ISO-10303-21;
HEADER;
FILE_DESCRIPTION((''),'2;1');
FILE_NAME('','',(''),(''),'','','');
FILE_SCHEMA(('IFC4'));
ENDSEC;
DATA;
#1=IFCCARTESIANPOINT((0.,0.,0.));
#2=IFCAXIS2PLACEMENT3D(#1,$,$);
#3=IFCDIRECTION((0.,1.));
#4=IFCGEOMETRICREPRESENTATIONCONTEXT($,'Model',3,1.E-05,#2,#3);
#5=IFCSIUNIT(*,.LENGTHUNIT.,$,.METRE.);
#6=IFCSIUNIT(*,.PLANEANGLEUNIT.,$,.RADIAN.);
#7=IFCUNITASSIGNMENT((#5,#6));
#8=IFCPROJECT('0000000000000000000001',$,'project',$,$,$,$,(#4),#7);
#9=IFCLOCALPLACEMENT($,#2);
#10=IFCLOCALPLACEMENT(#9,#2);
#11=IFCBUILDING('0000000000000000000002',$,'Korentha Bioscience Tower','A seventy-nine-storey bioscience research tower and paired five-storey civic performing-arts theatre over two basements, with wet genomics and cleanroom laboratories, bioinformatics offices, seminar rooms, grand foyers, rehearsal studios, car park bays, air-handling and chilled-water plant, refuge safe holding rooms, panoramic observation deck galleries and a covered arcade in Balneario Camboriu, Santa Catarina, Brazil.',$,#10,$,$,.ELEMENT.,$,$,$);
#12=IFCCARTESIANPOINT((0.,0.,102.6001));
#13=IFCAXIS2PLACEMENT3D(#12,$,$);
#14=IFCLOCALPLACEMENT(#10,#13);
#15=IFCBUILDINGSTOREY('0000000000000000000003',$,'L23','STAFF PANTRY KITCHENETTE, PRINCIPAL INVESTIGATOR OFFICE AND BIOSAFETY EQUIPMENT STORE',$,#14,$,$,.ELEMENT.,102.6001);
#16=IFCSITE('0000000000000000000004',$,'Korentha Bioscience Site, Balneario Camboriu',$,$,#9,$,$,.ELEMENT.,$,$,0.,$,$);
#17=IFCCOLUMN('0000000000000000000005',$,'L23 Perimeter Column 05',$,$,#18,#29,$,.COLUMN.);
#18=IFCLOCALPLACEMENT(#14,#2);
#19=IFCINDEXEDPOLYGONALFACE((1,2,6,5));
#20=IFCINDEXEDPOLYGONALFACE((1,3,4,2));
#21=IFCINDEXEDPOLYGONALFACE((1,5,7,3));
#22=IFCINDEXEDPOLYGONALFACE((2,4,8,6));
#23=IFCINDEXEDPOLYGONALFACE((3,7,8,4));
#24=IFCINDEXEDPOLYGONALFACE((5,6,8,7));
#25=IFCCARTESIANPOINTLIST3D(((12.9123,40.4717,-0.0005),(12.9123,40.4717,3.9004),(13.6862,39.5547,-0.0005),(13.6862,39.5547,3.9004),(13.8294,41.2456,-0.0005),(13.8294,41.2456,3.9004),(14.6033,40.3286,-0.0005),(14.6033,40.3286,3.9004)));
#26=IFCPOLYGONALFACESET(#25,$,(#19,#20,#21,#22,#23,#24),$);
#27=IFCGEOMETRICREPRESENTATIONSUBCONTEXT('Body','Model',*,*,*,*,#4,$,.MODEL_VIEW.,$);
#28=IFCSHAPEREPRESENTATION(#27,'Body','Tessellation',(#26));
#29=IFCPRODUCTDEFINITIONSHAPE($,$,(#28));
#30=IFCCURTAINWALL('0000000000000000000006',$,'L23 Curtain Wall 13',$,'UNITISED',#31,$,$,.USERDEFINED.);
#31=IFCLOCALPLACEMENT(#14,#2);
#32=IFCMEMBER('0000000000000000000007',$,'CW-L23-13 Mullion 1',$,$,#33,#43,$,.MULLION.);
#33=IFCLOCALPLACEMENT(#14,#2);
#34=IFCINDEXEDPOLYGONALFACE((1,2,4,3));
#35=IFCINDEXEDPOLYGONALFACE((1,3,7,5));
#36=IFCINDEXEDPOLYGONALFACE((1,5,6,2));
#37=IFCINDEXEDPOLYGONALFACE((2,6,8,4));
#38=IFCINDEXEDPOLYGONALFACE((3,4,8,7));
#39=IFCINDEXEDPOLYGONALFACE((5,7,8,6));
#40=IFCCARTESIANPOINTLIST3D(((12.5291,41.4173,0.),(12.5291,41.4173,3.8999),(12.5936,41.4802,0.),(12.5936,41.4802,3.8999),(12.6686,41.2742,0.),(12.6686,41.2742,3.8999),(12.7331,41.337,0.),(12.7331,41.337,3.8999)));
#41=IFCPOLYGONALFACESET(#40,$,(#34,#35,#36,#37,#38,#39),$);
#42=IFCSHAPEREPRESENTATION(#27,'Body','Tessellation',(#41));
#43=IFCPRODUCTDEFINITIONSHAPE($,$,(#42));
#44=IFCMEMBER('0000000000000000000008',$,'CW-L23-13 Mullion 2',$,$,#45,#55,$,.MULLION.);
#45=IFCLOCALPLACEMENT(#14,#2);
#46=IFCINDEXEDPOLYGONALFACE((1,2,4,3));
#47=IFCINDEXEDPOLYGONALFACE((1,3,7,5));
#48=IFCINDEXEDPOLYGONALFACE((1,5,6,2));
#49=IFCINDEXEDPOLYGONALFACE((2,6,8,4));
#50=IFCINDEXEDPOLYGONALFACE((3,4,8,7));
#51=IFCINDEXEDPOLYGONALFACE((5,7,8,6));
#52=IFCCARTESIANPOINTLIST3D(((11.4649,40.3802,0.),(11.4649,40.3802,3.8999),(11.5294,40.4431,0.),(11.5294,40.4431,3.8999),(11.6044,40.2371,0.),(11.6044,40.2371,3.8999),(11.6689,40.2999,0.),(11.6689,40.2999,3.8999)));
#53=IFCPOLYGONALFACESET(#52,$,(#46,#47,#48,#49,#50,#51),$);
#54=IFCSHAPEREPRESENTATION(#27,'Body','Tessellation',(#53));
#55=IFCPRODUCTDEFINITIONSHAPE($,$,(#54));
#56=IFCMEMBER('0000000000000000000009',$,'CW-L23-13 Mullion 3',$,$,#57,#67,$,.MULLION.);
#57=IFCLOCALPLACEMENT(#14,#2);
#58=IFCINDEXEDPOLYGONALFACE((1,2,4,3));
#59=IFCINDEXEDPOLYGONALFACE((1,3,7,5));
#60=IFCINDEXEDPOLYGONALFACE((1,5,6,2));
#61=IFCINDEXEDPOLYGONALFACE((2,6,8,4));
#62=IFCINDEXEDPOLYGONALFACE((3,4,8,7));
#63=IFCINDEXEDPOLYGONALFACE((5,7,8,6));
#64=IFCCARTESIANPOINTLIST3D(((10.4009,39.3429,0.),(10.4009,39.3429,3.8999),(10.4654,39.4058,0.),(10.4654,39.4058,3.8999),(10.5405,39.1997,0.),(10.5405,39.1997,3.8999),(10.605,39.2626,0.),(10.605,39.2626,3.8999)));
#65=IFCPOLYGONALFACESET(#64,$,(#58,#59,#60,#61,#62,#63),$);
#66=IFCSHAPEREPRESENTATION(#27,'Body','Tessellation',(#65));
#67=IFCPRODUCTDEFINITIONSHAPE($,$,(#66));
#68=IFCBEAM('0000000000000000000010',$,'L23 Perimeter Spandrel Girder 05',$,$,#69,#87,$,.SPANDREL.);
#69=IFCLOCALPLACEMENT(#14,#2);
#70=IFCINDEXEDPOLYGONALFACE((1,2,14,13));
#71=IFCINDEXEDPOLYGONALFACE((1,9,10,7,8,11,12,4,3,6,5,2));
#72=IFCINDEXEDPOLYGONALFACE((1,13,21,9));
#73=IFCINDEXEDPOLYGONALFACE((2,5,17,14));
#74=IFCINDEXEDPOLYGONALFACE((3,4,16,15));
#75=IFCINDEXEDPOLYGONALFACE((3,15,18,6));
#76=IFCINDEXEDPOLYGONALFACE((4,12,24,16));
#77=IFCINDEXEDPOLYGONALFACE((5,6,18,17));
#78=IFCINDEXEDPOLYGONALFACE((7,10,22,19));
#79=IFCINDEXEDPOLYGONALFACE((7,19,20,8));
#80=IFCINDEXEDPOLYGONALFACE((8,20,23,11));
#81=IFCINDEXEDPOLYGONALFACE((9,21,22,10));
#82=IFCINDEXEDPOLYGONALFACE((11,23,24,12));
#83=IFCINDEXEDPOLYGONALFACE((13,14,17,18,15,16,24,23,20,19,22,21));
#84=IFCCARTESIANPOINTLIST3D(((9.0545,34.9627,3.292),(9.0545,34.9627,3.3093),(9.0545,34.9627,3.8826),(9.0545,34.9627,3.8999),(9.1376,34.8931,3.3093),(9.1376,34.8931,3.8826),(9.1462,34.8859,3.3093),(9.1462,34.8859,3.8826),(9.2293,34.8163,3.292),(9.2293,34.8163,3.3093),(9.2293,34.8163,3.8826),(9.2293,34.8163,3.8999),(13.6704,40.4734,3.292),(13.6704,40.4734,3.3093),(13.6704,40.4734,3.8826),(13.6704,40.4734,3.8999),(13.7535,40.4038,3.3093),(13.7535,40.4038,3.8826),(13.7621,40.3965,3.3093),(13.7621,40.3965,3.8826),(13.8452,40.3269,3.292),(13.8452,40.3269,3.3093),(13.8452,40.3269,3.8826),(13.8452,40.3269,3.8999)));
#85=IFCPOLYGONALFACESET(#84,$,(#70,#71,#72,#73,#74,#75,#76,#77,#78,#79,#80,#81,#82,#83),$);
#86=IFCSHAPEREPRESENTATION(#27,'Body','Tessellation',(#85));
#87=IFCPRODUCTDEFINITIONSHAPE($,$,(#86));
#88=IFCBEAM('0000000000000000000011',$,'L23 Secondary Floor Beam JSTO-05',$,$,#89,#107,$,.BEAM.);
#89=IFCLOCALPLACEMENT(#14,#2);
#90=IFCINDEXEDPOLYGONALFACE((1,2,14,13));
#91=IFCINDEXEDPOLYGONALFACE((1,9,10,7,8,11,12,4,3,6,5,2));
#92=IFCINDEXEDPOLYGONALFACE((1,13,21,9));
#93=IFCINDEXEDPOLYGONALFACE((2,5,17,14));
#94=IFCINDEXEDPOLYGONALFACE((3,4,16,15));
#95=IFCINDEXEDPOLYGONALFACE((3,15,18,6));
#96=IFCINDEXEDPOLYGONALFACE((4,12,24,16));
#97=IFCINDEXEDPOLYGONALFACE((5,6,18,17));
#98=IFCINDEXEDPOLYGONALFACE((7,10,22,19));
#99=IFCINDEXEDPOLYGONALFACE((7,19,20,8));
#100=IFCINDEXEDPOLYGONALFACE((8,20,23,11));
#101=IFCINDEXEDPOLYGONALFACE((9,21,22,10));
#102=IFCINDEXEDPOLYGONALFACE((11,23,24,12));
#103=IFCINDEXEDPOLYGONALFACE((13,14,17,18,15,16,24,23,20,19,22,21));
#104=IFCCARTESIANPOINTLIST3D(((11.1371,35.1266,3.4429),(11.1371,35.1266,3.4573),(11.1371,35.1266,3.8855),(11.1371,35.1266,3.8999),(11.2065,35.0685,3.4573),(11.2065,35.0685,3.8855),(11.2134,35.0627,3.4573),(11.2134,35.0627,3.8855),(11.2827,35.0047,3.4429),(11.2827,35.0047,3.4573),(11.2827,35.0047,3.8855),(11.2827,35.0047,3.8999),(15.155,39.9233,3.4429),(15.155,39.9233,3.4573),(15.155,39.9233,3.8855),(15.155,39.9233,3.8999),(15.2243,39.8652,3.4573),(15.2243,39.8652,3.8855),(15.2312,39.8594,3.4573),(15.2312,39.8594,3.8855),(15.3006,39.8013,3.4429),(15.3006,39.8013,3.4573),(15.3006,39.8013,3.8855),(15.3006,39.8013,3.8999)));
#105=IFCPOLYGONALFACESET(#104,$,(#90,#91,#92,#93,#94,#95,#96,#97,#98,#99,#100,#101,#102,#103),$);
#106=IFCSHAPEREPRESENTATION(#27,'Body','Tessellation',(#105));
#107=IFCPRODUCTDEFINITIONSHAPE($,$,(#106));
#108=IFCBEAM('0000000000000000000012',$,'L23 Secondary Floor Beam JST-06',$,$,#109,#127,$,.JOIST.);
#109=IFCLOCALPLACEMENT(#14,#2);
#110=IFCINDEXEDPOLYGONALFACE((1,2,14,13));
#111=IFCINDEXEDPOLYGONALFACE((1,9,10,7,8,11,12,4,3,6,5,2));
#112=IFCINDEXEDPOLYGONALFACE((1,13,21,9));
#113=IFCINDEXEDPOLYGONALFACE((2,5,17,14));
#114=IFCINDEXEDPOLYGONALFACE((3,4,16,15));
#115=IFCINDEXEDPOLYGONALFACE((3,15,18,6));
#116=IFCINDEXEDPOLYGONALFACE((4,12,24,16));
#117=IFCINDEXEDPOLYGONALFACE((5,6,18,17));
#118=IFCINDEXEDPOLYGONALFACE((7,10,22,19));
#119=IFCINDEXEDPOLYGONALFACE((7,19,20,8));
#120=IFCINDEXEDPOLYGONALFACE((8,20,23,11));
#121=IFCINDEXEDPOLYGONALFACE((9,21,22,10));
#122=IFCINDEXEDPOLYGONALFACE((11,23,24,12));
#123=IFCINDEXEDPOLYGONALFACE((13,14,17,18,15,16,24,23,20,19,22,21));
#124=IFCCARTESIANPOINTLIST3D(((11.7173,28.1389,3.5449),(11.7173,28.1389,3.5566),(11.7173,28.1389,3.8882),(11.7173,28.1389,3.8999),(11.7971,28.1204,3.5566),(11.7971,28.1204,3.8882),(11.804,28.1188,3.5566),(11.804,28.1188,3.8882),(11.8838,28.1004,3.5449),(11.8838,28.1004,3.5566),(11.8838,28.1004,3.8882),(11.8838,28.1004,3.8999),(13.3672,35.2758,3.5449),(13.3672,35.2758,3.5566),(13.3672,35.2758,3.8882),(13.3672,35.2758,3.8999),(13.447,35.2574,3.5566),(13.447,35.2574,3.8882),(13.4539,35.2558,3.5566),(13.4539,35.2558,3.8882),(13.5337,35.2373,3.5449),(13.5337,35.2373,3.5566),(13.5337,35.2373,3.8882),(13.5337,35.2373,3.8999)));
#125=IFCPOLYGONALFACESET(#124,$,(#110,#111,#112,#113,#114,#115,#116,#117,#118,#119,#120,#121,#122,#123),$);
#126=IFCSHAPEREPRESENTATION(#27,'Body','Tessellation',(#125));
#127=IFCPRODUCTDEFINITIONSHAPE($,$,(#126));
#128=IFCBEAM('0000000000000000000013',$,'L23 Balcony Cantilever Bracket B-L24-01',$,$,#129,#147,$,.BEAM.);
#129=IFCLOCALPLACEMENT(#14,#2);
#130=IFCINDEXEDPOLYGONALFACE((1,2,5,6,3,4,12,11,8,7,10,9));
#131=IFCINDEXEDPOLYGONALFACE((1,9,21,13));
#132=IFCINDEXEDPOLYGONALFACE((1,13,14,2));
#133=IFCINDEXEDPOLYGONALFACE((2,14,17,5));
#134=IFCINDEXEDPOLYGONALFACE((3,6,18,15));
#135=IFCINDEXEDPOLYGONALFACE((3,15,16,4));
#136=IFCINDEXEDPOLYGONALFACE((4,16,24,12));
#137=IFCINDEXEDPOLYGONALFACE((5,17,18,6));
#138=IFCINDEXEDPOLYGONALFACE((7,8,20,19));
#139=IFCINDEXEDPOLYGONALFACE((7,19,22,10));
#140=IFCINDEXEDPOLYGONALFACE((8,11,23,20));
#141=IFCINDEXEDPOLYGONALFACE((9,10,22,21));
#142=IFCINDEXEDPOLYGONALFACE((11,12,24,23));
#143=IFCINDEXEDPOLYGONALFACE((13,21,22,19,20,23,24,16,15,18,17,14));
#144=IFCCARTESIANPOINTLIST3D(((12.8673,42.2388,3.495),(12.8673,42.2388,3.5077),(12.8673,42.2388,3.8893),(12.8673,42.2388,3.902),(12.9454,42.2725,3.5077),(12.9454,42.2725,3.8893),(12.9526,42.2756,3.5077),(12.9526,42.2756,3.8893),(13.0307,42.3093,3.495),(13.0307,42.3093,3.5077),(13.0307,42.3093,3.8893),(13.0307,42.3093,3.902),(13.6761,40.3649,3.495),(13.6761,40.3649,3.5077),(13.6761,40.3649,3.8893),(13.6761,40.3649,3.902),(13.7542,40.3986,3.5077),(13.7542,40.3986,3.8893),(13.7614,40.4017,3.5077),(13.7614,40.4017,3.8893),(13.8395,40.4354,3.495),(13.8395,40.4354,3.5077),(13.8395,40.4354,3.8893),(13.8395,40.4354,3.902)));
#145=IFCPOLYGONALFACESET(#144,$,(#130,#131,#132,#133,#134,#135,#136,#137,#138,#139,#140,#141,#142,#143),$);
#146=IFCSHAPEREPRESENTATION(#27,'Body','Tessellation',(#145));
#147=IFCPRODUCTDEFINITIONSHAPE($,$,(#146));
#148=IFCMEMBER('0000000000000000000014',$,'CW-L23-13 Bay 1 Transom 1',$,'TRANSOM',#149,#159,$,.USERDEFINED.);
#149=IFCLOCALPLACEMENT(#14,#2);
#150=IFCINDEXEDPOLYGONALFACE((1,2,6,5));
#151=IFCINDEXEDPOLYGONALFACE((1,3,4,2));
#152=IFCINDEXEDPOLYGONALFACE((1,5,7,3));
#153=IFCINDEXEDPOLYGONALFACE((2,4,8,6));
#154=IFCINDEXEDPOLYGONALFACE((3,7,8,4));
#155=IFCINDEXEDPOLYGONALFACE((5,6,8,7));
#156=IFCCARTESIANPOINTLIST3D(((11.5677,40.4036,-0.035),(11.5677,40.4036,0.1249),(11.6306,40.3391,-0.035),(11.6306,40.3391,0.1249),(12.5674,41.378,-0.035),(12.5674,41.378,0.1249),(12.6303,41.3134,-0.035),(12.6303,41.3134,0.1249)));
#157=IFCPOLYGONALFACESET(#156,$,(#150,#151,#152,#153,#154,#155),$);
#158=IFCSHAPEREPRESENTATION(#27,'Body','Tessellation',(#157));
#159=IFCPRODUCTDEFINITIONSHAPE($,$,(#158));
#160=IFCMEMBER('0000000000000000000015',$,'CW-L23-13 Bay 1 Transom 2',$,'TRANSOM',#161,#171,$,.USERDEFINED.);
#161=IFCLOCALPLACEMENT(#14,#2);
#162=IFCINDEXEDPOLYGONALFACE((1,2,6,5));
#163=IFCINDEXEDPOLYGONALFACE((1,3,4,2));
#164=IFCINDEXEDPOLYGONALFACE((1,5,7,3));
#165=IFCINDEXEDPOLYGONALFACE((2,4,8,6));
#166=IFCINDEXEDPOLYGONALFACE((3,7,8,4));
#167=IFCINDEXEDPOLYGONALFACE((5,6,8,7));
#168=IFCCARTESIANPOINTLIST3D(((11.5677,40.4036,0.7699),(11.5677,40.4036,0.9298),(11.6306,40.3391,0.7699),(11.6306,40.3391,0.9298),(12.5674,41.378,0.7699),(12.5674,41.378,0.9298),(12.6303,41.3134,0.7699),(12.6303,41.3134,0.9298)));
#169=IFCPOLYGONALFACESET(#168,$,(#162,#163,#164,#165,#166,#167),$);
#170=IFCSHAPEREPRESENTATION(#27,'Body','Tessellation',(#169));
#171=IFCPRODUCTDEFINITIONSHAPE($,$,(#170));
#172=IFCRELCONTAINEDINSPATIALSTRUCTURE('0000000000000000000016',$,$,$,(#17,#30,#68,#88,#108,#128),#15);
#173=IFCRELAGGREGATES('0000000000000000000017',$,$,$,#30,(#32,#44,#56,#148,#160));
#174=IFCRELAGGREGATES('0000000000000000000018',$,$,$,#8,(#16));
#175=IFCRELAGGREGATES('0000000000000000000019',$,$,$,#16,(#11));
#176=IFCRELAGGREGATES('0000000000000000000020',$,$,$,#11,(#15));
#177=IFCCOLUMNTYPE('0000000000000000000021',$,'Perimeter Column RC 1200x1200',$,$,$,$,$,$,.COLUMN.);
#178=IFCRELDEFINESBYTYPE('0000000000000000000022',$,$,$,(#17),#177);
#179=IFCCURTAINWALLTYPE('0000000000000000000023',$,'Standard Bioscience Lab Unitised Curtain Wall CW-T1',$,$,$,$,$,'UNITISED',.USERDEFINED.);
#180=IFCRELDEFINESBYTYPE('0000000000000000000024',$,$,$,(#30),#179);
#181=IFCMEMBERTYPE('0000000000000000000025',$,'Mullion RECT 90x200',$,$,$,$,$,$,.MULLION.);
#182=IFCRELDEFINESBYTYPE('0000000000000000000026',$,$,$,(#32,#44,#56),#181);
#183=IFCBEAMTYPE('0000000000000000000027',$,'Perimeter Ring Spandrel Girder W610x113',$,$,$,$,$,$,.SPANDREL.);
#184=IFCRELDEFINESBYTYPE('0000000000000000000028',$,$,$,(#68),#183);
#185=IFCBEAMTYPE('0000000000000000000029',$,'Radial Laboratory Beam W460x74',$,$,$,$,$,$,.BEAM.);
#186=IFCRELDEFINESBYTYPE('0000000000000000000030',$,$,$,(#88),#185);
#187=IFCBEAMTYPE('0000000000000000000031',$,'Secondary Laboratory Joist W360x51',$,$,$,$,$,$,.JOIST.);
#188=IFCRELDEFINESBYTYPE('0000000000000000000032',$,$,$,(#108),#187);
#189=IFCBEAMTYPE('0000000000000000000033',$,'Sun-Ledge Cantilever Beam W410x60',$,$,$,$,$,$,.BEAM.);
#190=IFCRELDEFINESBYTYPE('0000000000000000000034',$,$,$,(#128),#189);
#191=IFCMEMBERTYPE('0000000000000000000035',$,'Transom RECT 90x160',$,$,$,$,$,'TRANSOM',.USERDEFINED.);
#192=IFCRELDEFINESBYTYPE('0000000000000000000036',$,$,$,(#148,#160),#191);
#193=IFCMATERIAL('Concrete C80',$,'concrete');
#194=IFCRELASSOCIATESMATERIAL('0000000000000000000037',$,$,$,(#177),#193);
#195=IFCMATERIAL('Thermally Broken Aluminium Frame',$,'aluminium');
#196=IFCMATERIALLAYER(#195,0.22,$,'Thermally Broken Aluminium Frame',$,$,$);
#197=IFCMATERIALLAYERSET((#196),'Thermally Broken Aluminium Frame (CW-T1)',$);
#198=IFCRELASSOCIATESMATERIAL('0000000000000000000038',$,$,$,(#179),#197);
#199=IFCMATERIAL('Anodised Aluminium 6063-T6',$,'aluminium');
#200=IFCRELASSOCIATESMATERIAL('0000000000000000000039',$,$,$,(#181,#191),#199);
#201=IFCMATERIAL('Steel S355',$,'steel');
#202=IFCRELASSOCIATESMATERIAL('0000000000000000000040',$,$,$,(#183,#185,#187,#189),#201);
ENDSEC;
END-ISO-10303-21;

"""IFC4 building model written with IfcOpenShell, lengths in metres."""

from ifc_helpers import new_model, si_unit, direction, frame, origin, origin_2d, place, context, subcontext, project, spatial, rectangle, i_section, extrude, material, layer, layer_set, material_profile, profile_set, type_object, element, aggregate, save


model = new_model("IFC4")

# Units and contexts
model_context = context("Model", 3, precision=1e-05, world=origin(), true_north=direction((0.0, 1.0)))
body_context = subcontext(model_context, "Body", "Model", "MODEL_VIEW")
ifc_project = project(units=[si_unit("LENGTHUNIT", "METRE"), si_unit("PLANEANGLEUNIT", "RADIAN")], contexts=[model_context])

# Site, building, storey
site_placement = place(None, origin())
site = spatial("IfcSite", under=ifc_project, at=site_placement, Name="Korentha Bioscience Site, Balneario Camboriu", CompositionType="ELEMENT", RefElevation=0.0)
building_placement = place(site_placement, origin())
building = spatial("IfcBuilding", under=site, at=building_placement, Name="Korentha Bioscience Tower", Description="A seventy-nine-storey bioscience research tower and paired five-storey civic performing-arts theatre over two basements, with wet genomics and cleanroom laboratories, bioinformatics offices, seminar rooms, grand foyers, rehearsal studios, car park bays, air-handling and chilled-water plant, refuge safe holding rooms, panoramic observation deck galleries and a covered arcade in Balneario Camboriu, Santa Catarina, Brazil.", CompositionType="ELEMENT")
storey_placement = place(building_placement, frame((0.0, 0.0, 102.6001)))
storey = spatial("IfcBuildingStorey", under=building, at=storey_placement, Name="L23", Description="STAFF PANTRY KITCHENETTE, PRINCIPAL INVESTIGATOR OFFICE AND BIOSAFETY EQUIPMENT STORE", CompositionType="ELEMENT", Elevation=102.6001)

# Column
ifc_material_1 = material(Name="Concrete C80", Category="concrete")
ifc_material_profile_1 = material_profile(ifc_material_1, rectangle(XDim=1.2, YDim=1.2, at=origin_2d()), Name="Concrete C80")
ifc_profile_set_1 = profile_set([ifc_material_profile_1], Name="Concrete C80 (COL-P12)")
column_type = type_object("IfcColumnType", Name="Perimeter Column RC 1200x1200", PredefinedType="COLUMN", material=ifc_profile_set_1)
column_placement = place(storey_placement, frame((13.7578, 40.4001, -0.0005), z_axis=(0.0, 0.0, 1.0), x_axis=(0.764246, 0.644924, 0.0)))
element("IfcColumn", 1, at=column_placement, inside=storey, type_object=column_type, Name="L23 Perimeter Column 05", PredefinedType="COLUMN", context=body_context, shape_type="SweptSolid", body=[
    extrude(rectangle(XDim=1.2, YDim=1.2, at=origin_2d()), origin(), (0.0, 0.0, 1.0), 3.9009),
])

# Curtain wall, members
ifc_material_2 = material(Name="Thermally Broken Aluminium Frame", Category="aluminium")
ifc_layer_1 = layer(ifc_material_2, 0.22, Name="Thermally Broken Aluminium Frame")
ifc_layer_set_1 = layer_set([ifc_layer_1], Name="Thermally Broken Aluminium Frame (CW-T1)")
curtain_wall_type = type_object("IfcCurtainWallType", Name="Standard Bioscience Lab Unitised Curtain Wall CW-T1", ElementType="UNITISED", PredefinedType="USERDEFINED", material=ifc_layer_set_1)
curtain_wall_placement = place(storey_placement, origin())
curtain_wall = element("IfcCurtainWall", 2, at=curtain_wall_placement, inside=storey, type_object=curtain_wall_type, Name="L23 Curtain Wall 13", ObjectType="UNITISED", PredefinedType="USERDEFINED")
ifc_material_3 = material(Name="Anodised Aluminium 6063-T6", Category="aluminium")
ifc_material_profile_2 = material_profile(ifc_material_3, rectangle(XDim=0.0901, YDim=0.2, at=origin_2d()), Name="Anodised Aluminium 6063-T6")
ifc_profile_set_2 = profile_set([ifc_material_profile_2], Name="Anodised Aluminium 6063-T6 (CW-MUL)")
member_type_1 = type_object("IfcMemberType", Name="Mullion RECT 90x200", PredefinedType="MULLION", material=ifc_profile_set_2)
member_1_placement = place(storey_placement, frame((12.6311, 41.3772, 0.0), z_axis=(0.0, 0.0, 1.0), x_axis=(-0.716096, -0.698002, 0.0)))
member_1 = element("IfcMember", 3, at=member_1_placement, type_object=member_type_1, Name="CW-L23-13 Mullion 1", PredefinedType="MULLION", context=body_context, shape_type="SweptSolid", body=[
    extrude(rectangle(XDim=0.0901, YDim=0.2, at=origin_2d()), origin(), (0.0, 0.0, 1.0), 3.8999),
])
member_2_placement = place(storey_placement, frame((11.5669, 40.3401, 0.0), z_axis=(0.0, 0.0, 1.0), x_axis=(-0.716096, -0.698002, 0.0)))
member_2 = element("IfcMember", 4, at=member_2_placement, type_object=member_type_1, Name="CW-L23-13 Mullion 2", PredefinedType="MULLION", context=body_context, shape_type="SweptSolid", body=[
    extrude(rectangle(XDim=0.0901, YDim=0.2, at=origin_2d()), origin(), (0.0, 0.0, 1.0), 3.8999),
])
member_3_placement = place(storey_placement, frame((10.5029, 39.3027, 0.0), z_axis=(0.0, 0.0, 1.0), x_axis=(-0.716096, -0.698002, 0.0)))
member_3 = element("IfcMember", 5, at=member_3_placement, type_object=member_type_1, Name="CW-L23-13 Mullion 3", PredefinedType="MULLION", context=body_context, shape_type="SweptSolid", body=[
    extrude(rectangle(XDim=0.0901, YDim=0.2, at=origin_2d()), origin(), (0.0, 0.0, 1.0), 3.8999),
])

# Beams
ifc_material_4 = material(Name="Steel S355", Category="steel")
ifc_material_profile_3 = material_profile(ifc_material_4, i_section(OverallWidth=0.228, OverallDepth=0.6079, WebThickness=0.0112, FlangeThickness=0.0173, at=origin_2d()), Name="Steel S355")
ifc_profile_set_3 = profile_set([ifc_material_profile_3], Name="Steel S355 (SB-610)")
beam_type_1 = type_object("IfcBeamType", Name="Perimeter Ring Spandrel Girder W610x113", PredefinedType="SPANDREL", material=ifc_profile_set_3)
beam_1_placement = place(storey_placement, frame((13.7578, 40.4001, 3.5959), z_axis=(-0.642127, -0.766599, 0.0), x_axis=(0.766599, -0.642127, 0.0)))
element("IfcBeam", 6, at=beam_1_placement, inside=storey, type_object=beam_type_1, Name="L23 Perimeter Spandrel Girder 05", PredefinedType="SPANDREL", context=body_context, shape_type="SweptSolid", body=[
    extrude(i_section(OverallWidth=0.228, OverallDepth=0.6079, WebThickness=0.0112, FlangeThickness=0.0173, at=origin_2d()), origin(), (0.0, 0.0, 1.0), 7.1885),
])
ifc_material_profile_4 = material_profile(ifc_material_4, i_section(OverallWidth=0.1899, OverallDepth=0.457, WebThickness=0.009, FlangeThickness=0.0144, at=origin_2d()), Name="Steel S355")
ifc_profile_set_4 = profile_set([ifc_material_profile_4], Name="Steel S355 (RB-460)")
beam_type_2 = type_object("IfcBeamType", Name="Radial Laboratory Beam W460x74", PredefinedType="BEAM", material=ifc_profile_set_4)
beam_2_placement = place(storey_placement, frame((15.2278, 39.8623, 3.6714), z_axis=(-0.642128, -0.766597, 0.0), x_axis=(0.766597, -0.642128, 0.0)))
element("IfcBeam", 7, at=beam_2_placement, inside=storey, type_object=beam_type_2, Name="L23 Secondary Floor Beam JSTO-05", PredefinedType="BEAM", context=body_context, shape_type="SweptSolid", body=[
    extrude(i_section(OverallWidth=0.1899, OverallDepth=0.457, WebThickness=0.009, FlangeThickness=0.0144, at=origin_2d()), origin(), (0.0, 0.0, 1.0), 6.2571),
])
ifc_material_profile_5 = material_profile(ifc_material_4, i_section(OverallWidth=0.1709, OverallDepth=0.355, WebThickness=0.0071, FlangeThickness=0.0117, at=origin_2d()), Name="Steel S355")
ifc_profile_set_5 = profile_set([ifc_material_profile_5], Name="Steel S355 (JB-360)")
beam_type_3 = type_object("IfcBeamType", Name="Secondary Laboratory Joist W360x51", PredefinedType="JOIST", material=ifc_profile_set_5)
beam_3_placement = place(storey_placement, frame((13.4504, 35.2566, 3.7224), z_axis=(-0.225237, -0.974304, 0.0), x_axis=(0.974304, -0.225237, 0.0)))
element("IfcBeam", 8, at=beam_3_placement, inside=storey, type_object=beam_type_3, Name="L23 Secondary Floor Beam JST-06", PredefinedType="JOIST", context=body_context, shape_type="SweptSolid", body=[
    extrude(i_section(OverallWidth=0.1709, OverallDepth=0.355, WebThickness=0.0071, FlangeThickness=0.0117, at=origin_2d()), origin(), (0.0, 0.0, 1.0), 7.3252),
])
ifc_material_profile_6 = material_profile(ifc_material_4, i_section(OverallWidth=0.178, OverallDepth=0.407, WebThickness=0.0078, FlangeThickness=0.0127, at=origin_2d()), Name="Steel S355")
ifc_profile_set_6 = profile_set([ifc_material_profile_6], Name="Steel S355 (CB-410)")
beam_type_4 = type_object("IfcBeamType", Name="Sun-Ledge Cantilever Beam W410x60", PredefinedType="BEAM", material=ifc_profile_set_6)
beam_4_placement = place(storey_placement, frame((13.7578, 40.4001, 3.6985), z_axis=(-0.396271, 0.918134, 0.0), x_axis=(-0.918134, -0.396271, 0.0)))
element("IfcBeam", 9, at=beam_4_placement, inside=storey, type_object=beam_type_4, Name="L23 Balcony Cantilever Bracket B-L24-01", PredefinedType="BEAM", context=body_context, shape_type="SweptSolid", body=[
    extrude(i_section(OverallWidth=0.178, OverallDepth=0.407, WebThickness=0.0078, FlangeThickness=0.0127, at=origin_2d()), origin(), (0.0, 0.0, 1.0), 2.041),
])

# Members
ifc_material_profile_7 = material_profile(ifc_material_3, rectangle(XDim=0.0901, YDim=0.1599, at=origin_2d()), Name="Anodised Aluminium 6063-T6")
ifc_profile_set_7 = profile_set([ifc_material_profile_7], Name="Anodised Aluminium 6063-T6 (CW-TRN)")
member_type_2 = type_object("IfcMemberType", Name="Transom RECT 90x160", ElementType="TRANSOM", PredefinedType="USERDEFINED", material=ifc_profile_set_7)
member_4_placement = place(storey_placement, frame((12.5989, 41.3457, 0.0449), z_axis=(-0.716142, -0.697954, 0.0), x_axis=(0.697954, -0.716142, 0.0)))
member_4 = element("IfcMember", 10, at=member_4_placement, type_object=member_type_2, Name="CW-L23-13 Bay 1 Transom 1", ObjectType="TRANSOM", PredefinedType="USERDEFINED", context=body_context, shape_type="SweptSolid", body=[
    extrude(rectangle(XDim=0.0901, YDim=0.1599, at=origin_2d()), origin(), (0.0, 0.0, 1.0), 1.396),
])
member_5_placement = place(storey_placement, frame((12.5989, 41.3457, 0.8499), z_axis=(-0.716142, -0.697954, 0.0), x_axis=(0.697954, -0.716142, 0.0)))
member_5 = element("IfcMember", 11, at=member_5_placement, type_object=member_type_2, Name="CW-L23-13 Bay 1 Transom 2", ObjectType="TRANSOM", PredefinedType="USERDEFINED", context=body_context, shape_type="SweptSolid", body=[
    extrude(rectangle(XDim=0.0901, YDim=0.1599, at=origin_2d()), origin(), (0.0, 0.0, 1.0), 1.396),
])

aggregate(curtain_wall, [member_1, member_2, member_3, member_4, member_5])

save(model, "model.ifc")
